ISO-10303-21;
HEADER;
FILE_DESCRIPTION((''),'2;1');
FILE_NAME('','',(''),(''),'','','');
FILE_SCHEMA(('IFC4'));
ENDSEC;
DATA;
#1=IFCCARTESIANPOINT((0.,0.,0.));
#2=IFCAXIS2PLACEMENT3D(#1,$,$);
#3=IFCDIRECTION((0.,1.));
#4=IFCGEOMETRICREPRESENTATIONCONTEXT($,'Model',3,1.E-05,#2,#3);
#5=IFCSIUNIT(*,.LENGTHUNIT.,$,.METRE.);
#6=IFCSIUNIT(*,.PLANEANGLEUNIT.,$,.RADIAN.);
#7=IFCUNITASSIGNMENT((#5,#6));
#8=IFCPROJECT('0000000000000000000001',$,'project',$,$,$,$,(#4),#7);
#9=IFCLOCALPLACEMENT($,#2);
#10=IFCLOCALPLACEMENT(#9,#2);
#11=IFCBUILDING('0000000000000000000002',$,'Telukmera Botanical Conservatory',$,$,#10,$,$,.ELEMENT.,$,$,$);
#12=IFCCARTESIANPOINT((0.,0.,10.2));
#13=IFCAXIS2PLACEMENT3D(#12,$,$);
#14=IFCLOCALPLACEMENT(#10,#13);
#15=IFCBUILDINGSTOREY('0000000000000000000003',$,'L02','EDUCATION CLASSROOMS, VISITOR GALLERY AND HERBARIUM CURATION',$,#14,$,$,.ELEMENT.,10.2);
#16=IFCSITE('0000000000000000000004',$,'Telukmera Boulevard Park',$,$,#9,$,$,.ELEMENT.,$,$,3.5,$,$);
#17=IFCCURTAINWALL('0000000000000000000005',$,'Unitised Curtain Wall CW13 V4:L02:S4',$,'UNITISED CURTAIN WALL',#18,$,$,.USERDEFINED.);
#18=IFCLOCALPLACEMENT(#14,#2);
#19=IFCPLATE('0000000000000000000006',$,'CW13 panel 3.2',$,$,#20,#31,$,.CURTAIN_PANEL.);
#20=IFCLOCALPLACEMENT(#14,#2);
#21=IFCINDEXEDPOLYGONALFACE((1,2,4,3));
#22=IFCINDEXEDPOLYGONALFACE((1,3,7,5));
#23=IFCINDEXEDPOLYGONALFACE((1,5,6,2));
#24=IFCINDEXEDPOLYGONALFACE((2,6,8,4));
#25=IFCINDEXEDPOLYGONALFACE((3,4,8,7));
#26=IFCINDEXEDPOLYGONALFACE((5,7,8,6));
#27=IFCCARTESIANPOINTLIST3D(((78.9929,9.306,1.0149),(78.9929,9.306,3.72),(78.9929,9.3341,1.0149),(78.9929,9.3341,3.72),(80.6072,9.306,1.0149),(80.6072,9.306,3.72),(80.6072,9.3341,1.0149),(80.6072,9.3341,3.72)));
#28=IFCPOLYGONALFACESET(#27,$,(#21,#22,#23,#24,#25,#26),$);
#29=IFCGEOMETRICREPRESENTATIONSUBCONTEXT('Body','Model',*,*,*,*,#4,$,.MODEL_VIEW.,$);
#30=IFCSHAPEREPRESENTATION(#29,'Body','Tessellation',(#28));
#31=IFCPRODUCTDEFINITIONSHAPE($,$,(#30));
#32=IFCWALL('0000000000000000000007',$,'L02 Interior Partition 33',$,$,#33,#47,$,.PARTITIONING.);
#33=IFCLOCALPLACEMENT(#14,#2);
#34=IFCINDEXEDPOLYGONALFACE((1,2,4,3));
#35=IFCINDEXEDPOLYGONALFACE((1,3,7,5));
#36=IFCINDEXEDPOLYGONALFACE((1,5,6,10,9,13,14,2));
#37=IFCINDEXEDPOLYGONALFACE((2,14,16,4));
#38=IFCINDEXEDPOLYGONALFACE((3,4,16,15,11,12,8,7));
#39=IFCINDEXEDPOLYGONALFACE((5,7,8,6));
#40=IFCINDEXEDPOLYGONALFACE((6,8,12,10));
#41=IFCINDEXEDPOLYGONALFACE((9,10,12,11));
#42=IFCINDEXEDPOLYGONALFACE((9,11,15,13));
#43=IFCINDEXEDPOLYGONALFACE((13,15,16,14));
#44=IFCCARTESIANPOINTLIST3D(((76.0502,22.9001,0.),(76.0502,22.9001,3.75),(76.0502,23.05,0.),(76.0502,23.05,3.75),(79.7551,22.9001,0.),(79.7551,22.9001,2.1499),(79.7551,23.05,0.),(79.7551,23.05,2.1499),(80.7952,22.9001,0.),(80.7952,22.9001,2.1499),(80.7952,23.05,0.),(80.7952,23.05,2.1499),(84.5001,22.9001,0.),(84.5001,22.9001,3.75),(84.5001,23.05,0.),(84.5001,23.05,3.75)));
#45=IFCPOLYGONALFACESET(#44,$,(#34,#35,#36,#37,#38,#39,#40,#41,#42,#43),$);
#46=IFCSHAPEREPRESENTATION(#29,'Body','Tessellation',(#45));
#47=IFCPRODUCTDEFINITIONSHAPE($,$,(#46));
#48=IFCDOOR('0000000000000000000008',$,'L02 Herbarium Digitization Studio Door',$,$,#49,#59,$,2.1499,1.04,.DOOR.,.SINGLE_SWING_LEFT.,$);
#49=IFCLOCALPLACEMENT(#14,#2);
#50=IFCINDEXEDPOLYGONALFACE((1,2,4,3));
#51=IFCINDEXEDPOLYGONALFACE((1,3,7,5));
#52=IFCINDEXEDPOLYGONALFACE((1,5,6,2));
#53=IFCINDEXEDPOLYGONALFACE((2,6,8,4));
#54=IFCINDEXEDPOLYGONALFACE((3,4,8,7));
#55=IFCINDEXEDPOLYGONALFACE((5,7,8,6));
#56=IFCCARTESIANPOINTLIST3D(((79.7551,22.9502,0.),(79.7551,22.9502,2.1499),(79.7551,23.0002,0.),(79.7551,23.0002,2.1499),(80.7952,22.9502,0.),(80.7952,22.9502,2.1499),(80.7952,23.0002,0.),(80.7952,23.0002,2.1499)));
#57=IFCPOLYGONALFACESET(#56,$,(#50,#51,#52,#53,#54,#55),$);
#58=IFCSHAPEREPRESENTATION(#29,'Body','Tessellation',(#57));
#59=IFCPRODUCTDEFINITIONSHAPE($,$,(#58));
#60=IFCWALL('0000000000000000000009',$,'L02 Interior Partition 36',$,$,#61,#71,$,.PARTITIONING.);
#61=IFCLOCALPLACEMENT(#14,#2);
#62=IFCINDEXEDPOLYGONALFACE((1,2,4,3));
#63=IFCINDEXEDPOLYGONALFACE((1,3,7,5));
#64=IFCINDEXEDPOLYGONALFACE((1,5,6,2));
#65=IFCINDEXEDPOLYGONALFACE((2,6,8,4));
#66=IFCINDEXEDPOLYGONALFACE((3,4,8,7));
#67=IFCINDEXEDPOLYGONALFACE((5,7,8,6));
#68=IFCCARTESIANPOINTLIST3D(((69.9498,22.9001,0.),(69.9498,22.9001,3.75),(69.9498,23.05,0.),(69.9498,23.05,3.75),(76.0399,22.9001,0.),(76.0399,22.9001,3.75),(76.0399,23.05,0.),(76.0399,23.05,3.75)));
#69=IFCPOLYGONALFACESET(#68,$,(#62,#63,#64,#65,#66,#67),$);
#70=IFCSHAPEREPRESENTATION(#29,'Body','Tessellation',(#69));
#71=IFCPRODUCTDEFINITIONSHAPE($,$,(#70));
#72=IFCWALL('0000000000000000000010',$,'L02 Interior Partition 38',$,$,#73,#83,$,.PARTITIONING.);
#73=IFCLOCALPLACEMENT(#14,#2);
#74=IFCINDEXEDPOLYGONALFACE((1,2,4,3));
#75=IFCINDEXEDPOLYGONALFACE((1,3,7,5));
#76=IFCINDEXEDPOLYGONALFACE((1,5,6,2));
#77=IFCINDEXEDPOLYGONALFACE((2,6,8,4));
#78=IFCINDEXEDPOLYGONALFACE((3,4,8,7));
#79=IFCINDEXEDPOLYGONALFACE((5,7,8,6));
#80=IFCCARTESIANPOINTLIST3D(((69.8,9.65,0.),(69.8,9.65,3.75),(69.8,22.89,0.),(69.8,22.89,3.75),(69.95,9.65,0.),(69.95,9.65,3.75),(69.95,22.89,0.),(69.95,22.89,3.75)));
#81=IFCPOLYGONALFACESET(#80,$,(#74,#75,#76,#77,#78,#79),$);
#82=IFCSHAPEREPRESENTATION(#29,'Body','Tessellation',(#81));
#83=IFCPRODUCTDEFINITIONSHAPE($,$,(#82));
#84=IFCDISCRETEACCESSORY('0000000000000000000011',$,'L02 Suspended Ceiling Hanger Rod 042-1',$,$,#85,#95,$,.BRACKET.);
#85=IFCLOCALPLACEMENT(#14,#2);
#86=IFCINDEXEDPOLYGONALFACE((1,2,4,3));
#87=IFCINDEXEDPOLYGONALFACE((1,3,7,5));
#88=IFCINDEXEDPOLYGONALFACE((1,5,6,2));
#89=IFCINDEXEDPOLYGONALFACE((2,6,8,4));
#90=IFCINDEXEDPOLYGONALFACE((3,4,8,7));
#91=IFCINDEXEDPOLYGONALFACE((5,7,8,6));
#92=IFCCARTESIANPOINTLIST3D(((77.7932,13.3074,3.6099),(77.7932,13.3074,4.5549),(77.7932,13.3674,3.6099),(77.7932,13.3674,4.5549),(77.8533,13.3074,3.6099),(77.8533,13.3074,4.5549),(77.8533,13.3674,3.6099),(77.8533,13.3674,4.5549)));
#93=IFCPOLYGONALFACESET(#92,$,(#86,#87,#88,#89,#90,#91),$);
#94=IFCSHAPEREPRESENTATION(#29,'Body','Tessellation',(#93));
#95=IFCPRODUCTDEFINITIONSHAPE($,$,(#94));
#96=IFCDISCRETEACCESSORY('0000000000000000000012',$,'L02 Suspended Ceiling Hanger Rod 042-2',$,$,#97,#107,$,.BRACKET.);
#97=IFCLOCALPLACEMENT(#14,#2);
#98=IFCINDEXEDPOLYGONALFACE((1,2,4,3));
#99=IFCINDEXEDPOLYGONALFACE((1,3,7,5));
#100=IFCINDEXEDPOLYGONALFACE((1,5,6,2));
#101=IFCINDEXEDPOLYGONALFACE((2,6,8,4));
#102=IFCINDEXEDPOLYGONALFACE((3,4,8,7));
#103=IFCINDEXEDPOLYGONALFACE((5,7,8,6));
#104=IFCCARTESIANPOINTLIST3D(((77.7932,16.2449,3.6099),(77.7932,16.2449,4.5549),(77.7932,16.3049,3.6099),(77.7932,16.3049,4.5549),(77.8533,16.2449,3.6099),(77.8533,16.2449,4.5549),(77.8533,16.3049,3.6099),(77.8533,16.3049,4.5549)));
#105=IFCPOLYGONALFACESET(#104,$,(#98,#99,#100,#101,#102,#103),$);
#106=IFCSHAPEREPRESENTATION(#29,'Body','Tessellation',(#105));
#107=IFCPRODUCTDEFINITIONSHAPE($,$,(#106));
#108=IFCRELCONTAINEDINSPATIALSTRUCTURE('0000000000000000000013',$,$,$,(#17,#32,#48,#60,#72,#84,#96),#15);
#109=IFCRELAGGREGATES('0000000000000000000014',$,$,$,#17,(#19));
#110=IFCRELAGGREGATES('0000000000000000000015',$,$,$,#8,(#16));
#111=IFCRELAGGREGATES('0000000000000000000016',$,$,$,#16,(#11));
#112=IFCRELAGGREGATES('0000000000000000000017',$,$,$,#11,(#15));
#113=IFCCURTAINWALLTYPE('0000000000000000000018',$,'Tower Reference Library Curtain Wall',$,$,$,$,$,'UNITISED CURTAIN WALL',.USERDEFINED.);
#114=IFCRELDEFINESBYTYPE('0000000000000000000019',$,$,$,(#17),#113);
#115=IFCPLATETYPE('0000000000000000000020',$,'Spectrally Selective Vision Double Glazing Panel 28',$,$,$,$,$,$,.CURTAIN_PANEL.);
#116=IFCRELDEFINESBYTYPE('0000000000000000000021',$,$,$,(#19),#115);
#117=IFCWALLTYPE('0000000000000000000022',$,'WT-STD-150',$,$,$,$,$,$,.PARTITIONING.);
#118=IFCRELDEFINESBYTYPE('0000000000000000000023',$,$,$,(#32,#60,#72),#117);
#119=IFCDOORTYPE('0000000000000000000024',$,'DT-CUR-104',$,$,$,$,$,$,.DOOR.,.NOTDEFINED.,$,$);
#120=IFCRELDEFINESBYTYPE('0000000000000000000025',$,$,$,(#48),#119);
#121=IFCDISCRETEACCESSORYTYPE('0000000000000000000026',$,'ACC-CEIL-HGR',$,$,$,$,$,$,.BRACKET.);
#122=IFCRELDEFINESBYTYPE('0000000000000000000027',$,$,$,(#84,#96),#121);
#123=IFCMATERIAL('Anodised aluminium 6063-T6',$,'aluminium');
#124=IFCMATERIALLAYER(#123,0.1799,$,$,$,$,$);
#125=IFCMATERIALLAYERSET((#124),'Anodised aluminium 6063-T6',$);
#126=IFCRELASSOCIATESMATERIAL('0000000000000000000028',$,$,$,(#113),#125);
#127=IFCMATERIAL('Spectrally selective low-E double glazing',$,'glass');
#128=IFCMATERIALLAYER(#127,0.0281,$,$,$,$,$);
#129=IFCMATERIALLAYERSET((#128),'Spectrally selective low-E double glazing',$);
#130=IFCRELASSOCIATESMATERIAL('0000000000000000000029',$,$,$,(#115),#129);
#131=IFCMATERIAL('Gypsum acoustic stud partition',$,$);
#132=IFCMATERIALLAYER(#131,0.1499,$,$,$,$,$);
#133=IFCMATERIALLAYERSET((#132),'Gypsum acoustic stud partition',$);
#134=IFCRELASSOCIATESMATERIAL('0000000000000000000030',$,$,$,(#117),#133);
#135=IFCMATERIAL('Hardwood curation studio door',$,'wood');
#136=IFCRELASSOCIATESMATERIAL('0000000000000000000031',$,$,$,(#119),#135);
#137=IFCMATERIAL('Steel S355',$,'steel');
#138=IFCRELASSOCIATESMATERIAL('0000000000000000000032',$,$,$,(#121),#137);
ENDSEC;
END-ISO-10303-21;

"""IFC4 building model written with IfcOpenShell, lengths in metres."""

from ifc_helpers import new_model, si_unit, direction, frame, frame_2d, origin, origin_2d, place, context, subcontext, project, spatial, rectangle, extrude, material, layer, layer_set, type_object, element, fill, aggregate, save


model = new_model("IFC4")

# Units and contexts
model_context = context("Model", 3, precision=1e-05, world=origin(), true_north=direction((0.0, 1.0)))
body_context = subcontext(model_context, "Body", "Model", "MODEL_VIEW")
ifc_project = project(units=[si_unit("LENGTHUNIT", "METRE"), si_unit("PLANEANGLEUNIT", "RADIAN")], contexts=[model_context])

# Site, building, storey
site_placement = place(None, origin())
site = spatial("IfcSite", under=ifc_project, at=site_placement, Name="Telukmera Boulevard Park", CompositionType="ELEMENT", RefElevation=3.5)
building_placement = place(site_placement, origin())
building = spatial("IfcBuilding", under=site, at=building_placement, Name="Telukmera Botanical Conservatory", CompositionType="ELEMENT")
storey_placement = place(building_placement, frame((0.0, 0.0, 10.2)))
storey = spatial("IfcBuildingStorey", under=building, at=storey_placement, Name="L02", Description="EDUCATION CLASSROOMS, VISITOR GALLERY AND HERBARIUM CURATION", CompositionType="ELEMENT", Elevation=10.2)

# Curtain wall, plate
ifc_material_1 = material(Name="Anodised aluminium 6063-T6", Category="aluminium")
ifc_layer_1 = layer(ifc_material_1, 0.1799)
ifc_layer_set_1 = layer_set([ifc_layer_1], Name="Anodised aluminium 6063-T6")
curtain_wall_type = type_object("IfcCurtainWallType", Name="Tower Reference Library Curtain Wall", ElementType="UNITISED CURTAIN WALL", PredefinedType="USERDEFINED", material=ifc_layer_set_1)
curtain_wall_placement = place(storey_placement, origin())
curtain_wall = element("IfcCurtainWall", 1, at=curtain_wall_placement, inside=storey, type_object=curtain_wall_type, Name="Unitised Curtain Wall CW13 V4:L02:S4", ObjectType="UNITISED CURTAIN WALL", PredefinedType="USERDEFINED")
ifc_material_2 = material(Name="Spectrally selective low-E double glazing", Category="glass")
ifc_layer_2 = layer(ifc_material_2, 0.0281)
ifc_layer_set_2 = layer_set([ifc_layer_2], Name="Spectrally selective low-E double glazing")
plate_type = type_object("IfcPlateType", Name="Spectrally Selective Vision Double Glazing Panel 28", PredefinedType="CURTAIN_PANEL", material=ifc_layer_set_2)
plate_1_placement = place(storey_placement, frame((79.8, 9.3201, 1.0149), z_axis=(0.0, 0.0, 1.0), x_axis=(1.0, 0.0, 0.0)))
plate_1 = element("IfcPlate", 2, at=plate_1_placement, type_object=plate_type, Name="CW13 panel 3.2", PredefinedType="CURTAIN_PANEL", context=body_context, shape_type="SweptSolid", body=[
    extrude(rectangle(XDim=1.6143, YDim=0.0281, at=origin_2d()), origin(), (0.0, 0.0, 1.0), 2.7051),
])
aggregate(curtain_wall, [plate_1])

# Wall, opening, door
ifc_material_3 = material(Name="Gypsum acoustic stud partition")
ifc_layer_3 = layer(ifc_material_3, 0.1499)
ifc_layer_set_3 = layer_set([ifc_layer_3], Name="Gypsum acoustic stud partition")
wall_type = type_object("IfcWallType", Name="WT-STD-150", PredefinedType="PARTITIONING", material=ifc_layer_set_3)
wall_1_placement = place(storey_placement, frame((76.05, 22.9751, 0.0), z_axis=(0.0, 0.0, 1.0), x_axis=(1.0, 0.0, 0.0)))
wall_1 = element("IfcWall", 3, at=wall_1_placement, inside=storey, type_object=wall_type, Name="L02 Interior Partition 33", PredefinedType="PARTITIONING", context=body_context, shape_type="SweptSolid", body=[
    extrude(rectangle(XDim=8.45, YDim=0.1499, at=frame_2d((4.2251, 0.0))), origin(), (0.0, 0.0, 1.0), 3.75),
])
opening_placement = place(wall_1_placement, frame((3.7051, 0.0, 0.0)))
opening = element("IfcOpeningElement", 4, at=opening_placement, cuts=wall_1, PredefinedType="OPENING", context=body_context, shape_type="SweptSolid", body=[
    extrude(rectangle(XDim=1.04, YDim=2.1499, at=frame_2d((0.52, 1.075))), frame((0.0, 0.085, 0.0), z_axis=(0.0, -1.0, 0.0), x_axis=(1.0, 0.0, 0.0)), (0.0, 0.0, 1.0), 0.1699),
])
ifc_material_4 = material(Name="Hardwood curation studio door", Category="wood")
door_type = type_object("IfcDoorType", Name="DT-CUR-104", OperationType="NOTDEFINED", PredefinedType="DOOR", material=ifc_material_4)
door_placement = place(opening_placement, frame((1.04, 0.0, 0.0), z_axis=(0.0, 0.0, 1.0), x_axis=(-1.0, 0.0, 0.0)))
door = element("IfcDoor", 5, at=door_placement, inside=storey, type_object=door_type, Name="L02 Herbarium Digitization Studio Door", OperationType="SINGLE_SWING_LEFT", OverallHeight=2.1499, OverallWidth=1.04, PredefinedType="DOOR", context=body_context, shape_type="SweptSolid", body=[
    extrude(rectangle(XDim=1.04, YDim=2.1499, at=frame_2d((0.52, 1.075))), frame((0.0, 0.0249, 0.0), z_axis=(0.0, -1.0, 0.0), x_axis=(1.0, 0.0, 0.0)), (0.0, 0.0, 1.0), 0.05),
])
fill(opening, door)

# Walls
wall_2_placement = place(storey_placement, frame((69.95, 22.9751, 0.0), z_axis=(0.0, 0.0, 1.0), x_axis=(1.0, 0.0, 0.0)))
element("IfcWall", 6, at=wall_2_placement, inside=storey, type_object=wall_type, Name="L02 Interior Partition 36", PredefinedType="PARTITIONING", context=body_context, shape_type="SweptSolid", body=[
    extrude(rectangle(XDim=6.0901, YDim=0.1499, at=frame_2d((3.0449, 0.0))), origin(), (0.0, 0.0, 1.0), 3.75),
])
wall_3_placement = place(storey_placement, frame((69.875, 9.6499, 0.0), z_axis=(0.0, 0.0, 1.0), x_axis=(0.0, 1.0, 0.0)))
element("IfcWall", 7, at=wall_3_placement, inside=storey, type_object=wall_type, Name="L02 Interior Partition 38", PredefinedType="PARTITIONING", context=body_context, shape_type="SweptSolid", body=[
    extrude(rectangle(XDim=13.24, YDim=0.1499, at=frame_2d((6.6201, 0.0))), origin(), (0.0, 0.0, 1.0), 3.75),
])

# Discrete accessories
ifc_material_5 = material(Name="Steel S355", Category="steel")
discrete_accessory_type = type_object("IfcDiscreteAccessoryType", Name="ACC-CEIL-HGR", PredefinedType="BRACKET", material=ifc_material_5)
for number, where, z_axis, x_axis, name in (
    (8, (77.8232, 13.3374, 3.6099), (0.0, 0.0, 1.0), (1.0, 0.0, 0.0), "L02 Suspended Ceiling Hanger Rod 042-1"),
    (9, (77.8232, 16.2749, 3.6099), (0.0, 0.0, 1.0), (1.0, 0.0, 0.0), "L02 Suspended Ceiling Hanger Rod 042-2"),
):
    element("IfcDiscreteAccessory", number, at=place(storey_placement, frame(where, z_axis=z_axis, x_axis=x_axis)), inside=storey, type_object=discrete_accessory_type, Name=name, PredefinedType="BRACKET", context=body_context, shape_type="SweptSolid", body=[
        extrude(rectangle(XDim=0.0601, YDim=0.0601, at=origin_2d()), origin(), (0.0, 0.0, 1.0), 0.9451),
    ])

save(model, "model.ifc")
